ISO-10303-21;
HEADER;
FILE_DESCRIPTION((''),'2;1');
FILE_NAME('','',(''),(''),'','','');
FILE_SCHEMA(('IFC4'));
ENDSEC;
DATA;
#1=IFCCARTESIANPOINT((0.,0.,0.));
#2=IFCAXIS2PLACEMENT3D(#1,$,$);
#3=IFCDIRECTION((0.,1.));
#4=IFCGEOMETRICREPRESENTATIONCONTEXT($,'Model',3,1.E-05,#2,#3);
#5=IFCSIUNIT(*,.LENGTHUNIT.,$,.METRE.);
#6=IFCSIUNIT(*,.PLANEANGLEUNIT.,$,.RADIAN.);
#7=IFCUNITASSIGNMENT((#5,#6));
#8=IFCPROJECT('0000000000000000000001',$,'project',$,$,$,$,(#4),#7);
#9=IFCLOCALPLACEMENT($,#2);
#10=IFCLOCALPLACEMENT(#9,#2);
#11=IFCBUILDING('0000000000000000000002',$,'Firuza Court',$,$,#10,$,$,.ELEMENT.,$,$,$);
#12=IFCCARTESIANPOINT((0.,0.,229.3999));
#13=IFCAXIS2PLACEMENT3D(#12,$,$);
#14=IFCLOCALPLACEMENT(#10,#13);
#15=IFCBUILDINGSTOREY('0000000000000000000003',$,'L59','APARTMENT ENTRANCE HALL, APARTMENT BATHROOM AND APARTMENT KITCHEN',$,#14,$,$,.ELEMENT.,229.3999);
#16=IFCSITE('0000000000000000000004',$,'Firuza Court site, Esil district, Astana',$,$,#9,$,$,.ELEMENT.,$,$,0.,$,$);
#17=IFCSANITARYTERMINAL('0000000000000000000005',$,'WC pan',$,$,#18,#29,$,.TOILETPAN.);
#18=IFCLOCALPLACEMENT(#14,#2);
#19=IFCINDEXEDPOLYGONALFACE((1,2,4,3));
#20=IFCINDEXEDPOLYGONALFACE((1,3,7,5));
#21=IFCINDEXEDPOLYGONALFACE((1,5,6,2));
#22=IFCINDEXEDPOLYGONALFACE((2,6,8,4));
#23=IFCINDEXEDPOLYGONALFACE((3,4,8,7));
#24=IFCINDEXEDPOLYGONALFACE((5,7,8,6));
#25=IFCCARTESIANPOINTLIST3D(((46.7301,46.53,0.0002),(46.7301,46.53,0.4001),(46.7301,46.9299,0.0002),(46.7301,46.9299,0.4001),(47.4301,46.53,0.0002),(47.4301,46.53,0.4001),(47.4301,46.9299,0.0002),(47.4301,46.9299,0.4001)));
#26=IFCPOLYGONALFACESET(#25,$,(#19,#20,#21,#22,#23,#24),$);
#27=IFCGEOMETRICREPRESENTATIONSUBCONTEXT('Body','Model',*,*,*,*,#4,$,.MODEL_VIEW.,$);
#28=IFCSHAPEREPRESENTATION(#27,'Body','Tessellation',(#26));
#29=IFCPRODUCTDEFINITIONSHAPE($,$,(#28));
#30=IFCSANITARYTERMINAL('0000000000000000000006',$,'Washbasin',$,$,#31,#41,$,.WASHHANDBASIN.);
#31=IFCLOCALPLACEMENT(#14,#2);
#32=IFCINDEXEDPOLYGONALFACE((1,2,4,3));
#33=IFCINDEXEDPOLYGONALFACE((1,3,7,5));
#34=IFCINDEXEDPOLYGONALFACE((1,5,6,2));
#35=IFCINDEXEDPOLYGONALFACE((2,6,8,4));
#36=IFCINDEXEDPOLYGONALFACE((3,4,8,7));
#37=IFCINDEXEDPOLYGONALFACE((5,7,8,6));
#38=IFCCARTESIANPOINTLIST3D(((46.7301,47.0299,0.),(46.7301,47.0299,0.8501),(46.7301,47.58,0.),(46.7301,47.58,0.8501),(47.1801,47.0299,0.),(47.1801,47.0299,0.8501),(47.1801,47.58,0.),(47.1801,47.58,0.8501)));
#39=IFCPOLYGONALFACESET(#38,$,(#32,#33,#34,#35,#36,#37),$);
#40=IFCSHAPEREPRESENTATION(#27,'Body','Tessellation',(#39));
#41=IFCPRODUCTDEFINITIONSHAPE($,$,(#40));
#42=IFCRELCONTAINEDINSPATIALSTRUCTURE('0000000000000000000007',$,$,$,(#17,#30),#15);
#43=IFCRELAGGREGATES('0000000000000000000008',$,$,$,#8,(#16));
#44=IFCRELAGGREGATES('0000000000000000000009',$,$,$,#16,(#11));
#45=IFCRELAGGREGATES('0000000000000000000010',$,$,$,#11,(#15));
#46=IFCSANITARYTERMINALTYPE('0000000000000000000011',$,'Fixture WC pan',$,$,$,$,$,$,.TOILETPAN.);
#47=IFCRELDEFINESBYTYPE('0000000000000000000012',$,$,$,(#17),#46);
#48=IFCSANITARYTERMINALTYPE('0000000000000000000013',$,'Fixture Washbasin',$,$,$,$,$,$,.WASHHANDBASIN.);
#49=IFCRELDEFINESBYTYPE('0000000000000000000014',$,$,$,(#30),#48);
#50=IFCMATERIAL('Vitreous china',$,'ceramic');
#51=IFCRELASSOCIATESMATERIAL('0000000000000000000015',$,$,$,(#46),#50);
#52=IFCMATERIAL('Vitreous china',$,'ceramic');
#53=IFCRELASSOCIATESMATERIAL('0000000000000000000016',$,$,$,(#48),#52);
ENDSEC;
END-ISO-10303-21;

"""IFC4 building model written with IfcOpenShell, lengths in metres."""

from ifc_helpers import new_model, si_unit, direction, frame, origin, origin_2d, place, context, subcontext, project, spatial, rectangle, extrude, material, type_object, element, save


model = new_model("IFC4")

# Units and contexts
model_context = context("Model", 3, precision=1e-05, world=origin(), true_north=direction((0.0, 1.0)))
body_context = subcontext(model_context, "Body", "Model", "MODEL_VIEW")
ifc_project = project(units=[si_unit("LENGTHUNIT", "METRE"), si_unit("PLANEANGLEUNIT", "RADIAN")], contexts=[model_context])

# Site, building, storey
site_placement = place(None, origin())
site = spatial("IfcSite", under=ifc_project, at=site_placement, Name="Firuza Court site, Esil district, Astana", CompositionType="ELEMENT", RefElevation=0.0)
building_placement = place(site_placement, origin())
building = spatial("IfcBuilding", under=site, at=building_placement, Name="Firuza Court", CompositionType="ELEMENT")
storey_placement = place(building_placement, frame((0.0, 0.0, 229.3999)))
storey = spatial("IfcBuildingStorey", under=building, at=storey_placement, Name="L59", Description="APARTMENT ENTRANCE HALL, APARTMENT BATHROOM AND APARTMENT KITCHEN", CompositionType="ELEMENT", Elevation=229.3999)

# Sanitary terminals
ifc_material_1 = material(Name="Vitreous china", Category="ceramic")
sanitary_terminal_type_1 = type_object("IfcSanitaryTerminalType", Name="Fixture WC pan", PredefinedType="TOILETPAN", material=ifc_material_1)
sanitary_terminal_1_placement = place(storey_placement, frame((47.0801, 46.73, 0.0002), z_axis=(0.0, 0.0, 1.0), x_axis=(1.0, 0.0, 0.0)))
element("IfcSanitaryTerminal", 1, at=sanitary_terminal_1_placement, inside=storey, type_object=sanitary_terminal_type_1, Name="WC pan", PredefinedType="TOILETPAN", context=body_context, shape_type="SweptSolid", body=[
    extrude(rectangle(XDim=0.7, YDim=0.3999, at=origin_2d()), origin(), (0.0, 0.0, 1.0), 0.3999),
])
ifc_material_2 = material(Name="Vitreous china", Category="ceramic")
sanitary_terminal_type_2 = type_object("IfcSanitaryTerminalType", Name="Fixture Washbasin", PredefinedType="WASHHANDBASIN", material=ifc_material_2)
sanitary_terminal_2_placement = place(storey_placement, frame((46.9551, 47.3049, 0.0), z_axis=(0.0, 0.0, 1.0), x_axis=(1.0, 0.0, 0.0)))
element("IfcSanitaryTerminal", 2, at=sanitary_terminal_2_placement, inside=storey, type_object=sanitary_terminal_type_2, Name="Washbasin", PredefinedType="WASHHANDBASIN", context=body_context, shape_type="SweptSolid", body=[
    extrude(rectangle(XDim=0.45, YDim=0.55, at=origin_2d()), origin(), (0.0, 0.0, 1.0), 0.8501),
])

save(model, "model.ifc")
